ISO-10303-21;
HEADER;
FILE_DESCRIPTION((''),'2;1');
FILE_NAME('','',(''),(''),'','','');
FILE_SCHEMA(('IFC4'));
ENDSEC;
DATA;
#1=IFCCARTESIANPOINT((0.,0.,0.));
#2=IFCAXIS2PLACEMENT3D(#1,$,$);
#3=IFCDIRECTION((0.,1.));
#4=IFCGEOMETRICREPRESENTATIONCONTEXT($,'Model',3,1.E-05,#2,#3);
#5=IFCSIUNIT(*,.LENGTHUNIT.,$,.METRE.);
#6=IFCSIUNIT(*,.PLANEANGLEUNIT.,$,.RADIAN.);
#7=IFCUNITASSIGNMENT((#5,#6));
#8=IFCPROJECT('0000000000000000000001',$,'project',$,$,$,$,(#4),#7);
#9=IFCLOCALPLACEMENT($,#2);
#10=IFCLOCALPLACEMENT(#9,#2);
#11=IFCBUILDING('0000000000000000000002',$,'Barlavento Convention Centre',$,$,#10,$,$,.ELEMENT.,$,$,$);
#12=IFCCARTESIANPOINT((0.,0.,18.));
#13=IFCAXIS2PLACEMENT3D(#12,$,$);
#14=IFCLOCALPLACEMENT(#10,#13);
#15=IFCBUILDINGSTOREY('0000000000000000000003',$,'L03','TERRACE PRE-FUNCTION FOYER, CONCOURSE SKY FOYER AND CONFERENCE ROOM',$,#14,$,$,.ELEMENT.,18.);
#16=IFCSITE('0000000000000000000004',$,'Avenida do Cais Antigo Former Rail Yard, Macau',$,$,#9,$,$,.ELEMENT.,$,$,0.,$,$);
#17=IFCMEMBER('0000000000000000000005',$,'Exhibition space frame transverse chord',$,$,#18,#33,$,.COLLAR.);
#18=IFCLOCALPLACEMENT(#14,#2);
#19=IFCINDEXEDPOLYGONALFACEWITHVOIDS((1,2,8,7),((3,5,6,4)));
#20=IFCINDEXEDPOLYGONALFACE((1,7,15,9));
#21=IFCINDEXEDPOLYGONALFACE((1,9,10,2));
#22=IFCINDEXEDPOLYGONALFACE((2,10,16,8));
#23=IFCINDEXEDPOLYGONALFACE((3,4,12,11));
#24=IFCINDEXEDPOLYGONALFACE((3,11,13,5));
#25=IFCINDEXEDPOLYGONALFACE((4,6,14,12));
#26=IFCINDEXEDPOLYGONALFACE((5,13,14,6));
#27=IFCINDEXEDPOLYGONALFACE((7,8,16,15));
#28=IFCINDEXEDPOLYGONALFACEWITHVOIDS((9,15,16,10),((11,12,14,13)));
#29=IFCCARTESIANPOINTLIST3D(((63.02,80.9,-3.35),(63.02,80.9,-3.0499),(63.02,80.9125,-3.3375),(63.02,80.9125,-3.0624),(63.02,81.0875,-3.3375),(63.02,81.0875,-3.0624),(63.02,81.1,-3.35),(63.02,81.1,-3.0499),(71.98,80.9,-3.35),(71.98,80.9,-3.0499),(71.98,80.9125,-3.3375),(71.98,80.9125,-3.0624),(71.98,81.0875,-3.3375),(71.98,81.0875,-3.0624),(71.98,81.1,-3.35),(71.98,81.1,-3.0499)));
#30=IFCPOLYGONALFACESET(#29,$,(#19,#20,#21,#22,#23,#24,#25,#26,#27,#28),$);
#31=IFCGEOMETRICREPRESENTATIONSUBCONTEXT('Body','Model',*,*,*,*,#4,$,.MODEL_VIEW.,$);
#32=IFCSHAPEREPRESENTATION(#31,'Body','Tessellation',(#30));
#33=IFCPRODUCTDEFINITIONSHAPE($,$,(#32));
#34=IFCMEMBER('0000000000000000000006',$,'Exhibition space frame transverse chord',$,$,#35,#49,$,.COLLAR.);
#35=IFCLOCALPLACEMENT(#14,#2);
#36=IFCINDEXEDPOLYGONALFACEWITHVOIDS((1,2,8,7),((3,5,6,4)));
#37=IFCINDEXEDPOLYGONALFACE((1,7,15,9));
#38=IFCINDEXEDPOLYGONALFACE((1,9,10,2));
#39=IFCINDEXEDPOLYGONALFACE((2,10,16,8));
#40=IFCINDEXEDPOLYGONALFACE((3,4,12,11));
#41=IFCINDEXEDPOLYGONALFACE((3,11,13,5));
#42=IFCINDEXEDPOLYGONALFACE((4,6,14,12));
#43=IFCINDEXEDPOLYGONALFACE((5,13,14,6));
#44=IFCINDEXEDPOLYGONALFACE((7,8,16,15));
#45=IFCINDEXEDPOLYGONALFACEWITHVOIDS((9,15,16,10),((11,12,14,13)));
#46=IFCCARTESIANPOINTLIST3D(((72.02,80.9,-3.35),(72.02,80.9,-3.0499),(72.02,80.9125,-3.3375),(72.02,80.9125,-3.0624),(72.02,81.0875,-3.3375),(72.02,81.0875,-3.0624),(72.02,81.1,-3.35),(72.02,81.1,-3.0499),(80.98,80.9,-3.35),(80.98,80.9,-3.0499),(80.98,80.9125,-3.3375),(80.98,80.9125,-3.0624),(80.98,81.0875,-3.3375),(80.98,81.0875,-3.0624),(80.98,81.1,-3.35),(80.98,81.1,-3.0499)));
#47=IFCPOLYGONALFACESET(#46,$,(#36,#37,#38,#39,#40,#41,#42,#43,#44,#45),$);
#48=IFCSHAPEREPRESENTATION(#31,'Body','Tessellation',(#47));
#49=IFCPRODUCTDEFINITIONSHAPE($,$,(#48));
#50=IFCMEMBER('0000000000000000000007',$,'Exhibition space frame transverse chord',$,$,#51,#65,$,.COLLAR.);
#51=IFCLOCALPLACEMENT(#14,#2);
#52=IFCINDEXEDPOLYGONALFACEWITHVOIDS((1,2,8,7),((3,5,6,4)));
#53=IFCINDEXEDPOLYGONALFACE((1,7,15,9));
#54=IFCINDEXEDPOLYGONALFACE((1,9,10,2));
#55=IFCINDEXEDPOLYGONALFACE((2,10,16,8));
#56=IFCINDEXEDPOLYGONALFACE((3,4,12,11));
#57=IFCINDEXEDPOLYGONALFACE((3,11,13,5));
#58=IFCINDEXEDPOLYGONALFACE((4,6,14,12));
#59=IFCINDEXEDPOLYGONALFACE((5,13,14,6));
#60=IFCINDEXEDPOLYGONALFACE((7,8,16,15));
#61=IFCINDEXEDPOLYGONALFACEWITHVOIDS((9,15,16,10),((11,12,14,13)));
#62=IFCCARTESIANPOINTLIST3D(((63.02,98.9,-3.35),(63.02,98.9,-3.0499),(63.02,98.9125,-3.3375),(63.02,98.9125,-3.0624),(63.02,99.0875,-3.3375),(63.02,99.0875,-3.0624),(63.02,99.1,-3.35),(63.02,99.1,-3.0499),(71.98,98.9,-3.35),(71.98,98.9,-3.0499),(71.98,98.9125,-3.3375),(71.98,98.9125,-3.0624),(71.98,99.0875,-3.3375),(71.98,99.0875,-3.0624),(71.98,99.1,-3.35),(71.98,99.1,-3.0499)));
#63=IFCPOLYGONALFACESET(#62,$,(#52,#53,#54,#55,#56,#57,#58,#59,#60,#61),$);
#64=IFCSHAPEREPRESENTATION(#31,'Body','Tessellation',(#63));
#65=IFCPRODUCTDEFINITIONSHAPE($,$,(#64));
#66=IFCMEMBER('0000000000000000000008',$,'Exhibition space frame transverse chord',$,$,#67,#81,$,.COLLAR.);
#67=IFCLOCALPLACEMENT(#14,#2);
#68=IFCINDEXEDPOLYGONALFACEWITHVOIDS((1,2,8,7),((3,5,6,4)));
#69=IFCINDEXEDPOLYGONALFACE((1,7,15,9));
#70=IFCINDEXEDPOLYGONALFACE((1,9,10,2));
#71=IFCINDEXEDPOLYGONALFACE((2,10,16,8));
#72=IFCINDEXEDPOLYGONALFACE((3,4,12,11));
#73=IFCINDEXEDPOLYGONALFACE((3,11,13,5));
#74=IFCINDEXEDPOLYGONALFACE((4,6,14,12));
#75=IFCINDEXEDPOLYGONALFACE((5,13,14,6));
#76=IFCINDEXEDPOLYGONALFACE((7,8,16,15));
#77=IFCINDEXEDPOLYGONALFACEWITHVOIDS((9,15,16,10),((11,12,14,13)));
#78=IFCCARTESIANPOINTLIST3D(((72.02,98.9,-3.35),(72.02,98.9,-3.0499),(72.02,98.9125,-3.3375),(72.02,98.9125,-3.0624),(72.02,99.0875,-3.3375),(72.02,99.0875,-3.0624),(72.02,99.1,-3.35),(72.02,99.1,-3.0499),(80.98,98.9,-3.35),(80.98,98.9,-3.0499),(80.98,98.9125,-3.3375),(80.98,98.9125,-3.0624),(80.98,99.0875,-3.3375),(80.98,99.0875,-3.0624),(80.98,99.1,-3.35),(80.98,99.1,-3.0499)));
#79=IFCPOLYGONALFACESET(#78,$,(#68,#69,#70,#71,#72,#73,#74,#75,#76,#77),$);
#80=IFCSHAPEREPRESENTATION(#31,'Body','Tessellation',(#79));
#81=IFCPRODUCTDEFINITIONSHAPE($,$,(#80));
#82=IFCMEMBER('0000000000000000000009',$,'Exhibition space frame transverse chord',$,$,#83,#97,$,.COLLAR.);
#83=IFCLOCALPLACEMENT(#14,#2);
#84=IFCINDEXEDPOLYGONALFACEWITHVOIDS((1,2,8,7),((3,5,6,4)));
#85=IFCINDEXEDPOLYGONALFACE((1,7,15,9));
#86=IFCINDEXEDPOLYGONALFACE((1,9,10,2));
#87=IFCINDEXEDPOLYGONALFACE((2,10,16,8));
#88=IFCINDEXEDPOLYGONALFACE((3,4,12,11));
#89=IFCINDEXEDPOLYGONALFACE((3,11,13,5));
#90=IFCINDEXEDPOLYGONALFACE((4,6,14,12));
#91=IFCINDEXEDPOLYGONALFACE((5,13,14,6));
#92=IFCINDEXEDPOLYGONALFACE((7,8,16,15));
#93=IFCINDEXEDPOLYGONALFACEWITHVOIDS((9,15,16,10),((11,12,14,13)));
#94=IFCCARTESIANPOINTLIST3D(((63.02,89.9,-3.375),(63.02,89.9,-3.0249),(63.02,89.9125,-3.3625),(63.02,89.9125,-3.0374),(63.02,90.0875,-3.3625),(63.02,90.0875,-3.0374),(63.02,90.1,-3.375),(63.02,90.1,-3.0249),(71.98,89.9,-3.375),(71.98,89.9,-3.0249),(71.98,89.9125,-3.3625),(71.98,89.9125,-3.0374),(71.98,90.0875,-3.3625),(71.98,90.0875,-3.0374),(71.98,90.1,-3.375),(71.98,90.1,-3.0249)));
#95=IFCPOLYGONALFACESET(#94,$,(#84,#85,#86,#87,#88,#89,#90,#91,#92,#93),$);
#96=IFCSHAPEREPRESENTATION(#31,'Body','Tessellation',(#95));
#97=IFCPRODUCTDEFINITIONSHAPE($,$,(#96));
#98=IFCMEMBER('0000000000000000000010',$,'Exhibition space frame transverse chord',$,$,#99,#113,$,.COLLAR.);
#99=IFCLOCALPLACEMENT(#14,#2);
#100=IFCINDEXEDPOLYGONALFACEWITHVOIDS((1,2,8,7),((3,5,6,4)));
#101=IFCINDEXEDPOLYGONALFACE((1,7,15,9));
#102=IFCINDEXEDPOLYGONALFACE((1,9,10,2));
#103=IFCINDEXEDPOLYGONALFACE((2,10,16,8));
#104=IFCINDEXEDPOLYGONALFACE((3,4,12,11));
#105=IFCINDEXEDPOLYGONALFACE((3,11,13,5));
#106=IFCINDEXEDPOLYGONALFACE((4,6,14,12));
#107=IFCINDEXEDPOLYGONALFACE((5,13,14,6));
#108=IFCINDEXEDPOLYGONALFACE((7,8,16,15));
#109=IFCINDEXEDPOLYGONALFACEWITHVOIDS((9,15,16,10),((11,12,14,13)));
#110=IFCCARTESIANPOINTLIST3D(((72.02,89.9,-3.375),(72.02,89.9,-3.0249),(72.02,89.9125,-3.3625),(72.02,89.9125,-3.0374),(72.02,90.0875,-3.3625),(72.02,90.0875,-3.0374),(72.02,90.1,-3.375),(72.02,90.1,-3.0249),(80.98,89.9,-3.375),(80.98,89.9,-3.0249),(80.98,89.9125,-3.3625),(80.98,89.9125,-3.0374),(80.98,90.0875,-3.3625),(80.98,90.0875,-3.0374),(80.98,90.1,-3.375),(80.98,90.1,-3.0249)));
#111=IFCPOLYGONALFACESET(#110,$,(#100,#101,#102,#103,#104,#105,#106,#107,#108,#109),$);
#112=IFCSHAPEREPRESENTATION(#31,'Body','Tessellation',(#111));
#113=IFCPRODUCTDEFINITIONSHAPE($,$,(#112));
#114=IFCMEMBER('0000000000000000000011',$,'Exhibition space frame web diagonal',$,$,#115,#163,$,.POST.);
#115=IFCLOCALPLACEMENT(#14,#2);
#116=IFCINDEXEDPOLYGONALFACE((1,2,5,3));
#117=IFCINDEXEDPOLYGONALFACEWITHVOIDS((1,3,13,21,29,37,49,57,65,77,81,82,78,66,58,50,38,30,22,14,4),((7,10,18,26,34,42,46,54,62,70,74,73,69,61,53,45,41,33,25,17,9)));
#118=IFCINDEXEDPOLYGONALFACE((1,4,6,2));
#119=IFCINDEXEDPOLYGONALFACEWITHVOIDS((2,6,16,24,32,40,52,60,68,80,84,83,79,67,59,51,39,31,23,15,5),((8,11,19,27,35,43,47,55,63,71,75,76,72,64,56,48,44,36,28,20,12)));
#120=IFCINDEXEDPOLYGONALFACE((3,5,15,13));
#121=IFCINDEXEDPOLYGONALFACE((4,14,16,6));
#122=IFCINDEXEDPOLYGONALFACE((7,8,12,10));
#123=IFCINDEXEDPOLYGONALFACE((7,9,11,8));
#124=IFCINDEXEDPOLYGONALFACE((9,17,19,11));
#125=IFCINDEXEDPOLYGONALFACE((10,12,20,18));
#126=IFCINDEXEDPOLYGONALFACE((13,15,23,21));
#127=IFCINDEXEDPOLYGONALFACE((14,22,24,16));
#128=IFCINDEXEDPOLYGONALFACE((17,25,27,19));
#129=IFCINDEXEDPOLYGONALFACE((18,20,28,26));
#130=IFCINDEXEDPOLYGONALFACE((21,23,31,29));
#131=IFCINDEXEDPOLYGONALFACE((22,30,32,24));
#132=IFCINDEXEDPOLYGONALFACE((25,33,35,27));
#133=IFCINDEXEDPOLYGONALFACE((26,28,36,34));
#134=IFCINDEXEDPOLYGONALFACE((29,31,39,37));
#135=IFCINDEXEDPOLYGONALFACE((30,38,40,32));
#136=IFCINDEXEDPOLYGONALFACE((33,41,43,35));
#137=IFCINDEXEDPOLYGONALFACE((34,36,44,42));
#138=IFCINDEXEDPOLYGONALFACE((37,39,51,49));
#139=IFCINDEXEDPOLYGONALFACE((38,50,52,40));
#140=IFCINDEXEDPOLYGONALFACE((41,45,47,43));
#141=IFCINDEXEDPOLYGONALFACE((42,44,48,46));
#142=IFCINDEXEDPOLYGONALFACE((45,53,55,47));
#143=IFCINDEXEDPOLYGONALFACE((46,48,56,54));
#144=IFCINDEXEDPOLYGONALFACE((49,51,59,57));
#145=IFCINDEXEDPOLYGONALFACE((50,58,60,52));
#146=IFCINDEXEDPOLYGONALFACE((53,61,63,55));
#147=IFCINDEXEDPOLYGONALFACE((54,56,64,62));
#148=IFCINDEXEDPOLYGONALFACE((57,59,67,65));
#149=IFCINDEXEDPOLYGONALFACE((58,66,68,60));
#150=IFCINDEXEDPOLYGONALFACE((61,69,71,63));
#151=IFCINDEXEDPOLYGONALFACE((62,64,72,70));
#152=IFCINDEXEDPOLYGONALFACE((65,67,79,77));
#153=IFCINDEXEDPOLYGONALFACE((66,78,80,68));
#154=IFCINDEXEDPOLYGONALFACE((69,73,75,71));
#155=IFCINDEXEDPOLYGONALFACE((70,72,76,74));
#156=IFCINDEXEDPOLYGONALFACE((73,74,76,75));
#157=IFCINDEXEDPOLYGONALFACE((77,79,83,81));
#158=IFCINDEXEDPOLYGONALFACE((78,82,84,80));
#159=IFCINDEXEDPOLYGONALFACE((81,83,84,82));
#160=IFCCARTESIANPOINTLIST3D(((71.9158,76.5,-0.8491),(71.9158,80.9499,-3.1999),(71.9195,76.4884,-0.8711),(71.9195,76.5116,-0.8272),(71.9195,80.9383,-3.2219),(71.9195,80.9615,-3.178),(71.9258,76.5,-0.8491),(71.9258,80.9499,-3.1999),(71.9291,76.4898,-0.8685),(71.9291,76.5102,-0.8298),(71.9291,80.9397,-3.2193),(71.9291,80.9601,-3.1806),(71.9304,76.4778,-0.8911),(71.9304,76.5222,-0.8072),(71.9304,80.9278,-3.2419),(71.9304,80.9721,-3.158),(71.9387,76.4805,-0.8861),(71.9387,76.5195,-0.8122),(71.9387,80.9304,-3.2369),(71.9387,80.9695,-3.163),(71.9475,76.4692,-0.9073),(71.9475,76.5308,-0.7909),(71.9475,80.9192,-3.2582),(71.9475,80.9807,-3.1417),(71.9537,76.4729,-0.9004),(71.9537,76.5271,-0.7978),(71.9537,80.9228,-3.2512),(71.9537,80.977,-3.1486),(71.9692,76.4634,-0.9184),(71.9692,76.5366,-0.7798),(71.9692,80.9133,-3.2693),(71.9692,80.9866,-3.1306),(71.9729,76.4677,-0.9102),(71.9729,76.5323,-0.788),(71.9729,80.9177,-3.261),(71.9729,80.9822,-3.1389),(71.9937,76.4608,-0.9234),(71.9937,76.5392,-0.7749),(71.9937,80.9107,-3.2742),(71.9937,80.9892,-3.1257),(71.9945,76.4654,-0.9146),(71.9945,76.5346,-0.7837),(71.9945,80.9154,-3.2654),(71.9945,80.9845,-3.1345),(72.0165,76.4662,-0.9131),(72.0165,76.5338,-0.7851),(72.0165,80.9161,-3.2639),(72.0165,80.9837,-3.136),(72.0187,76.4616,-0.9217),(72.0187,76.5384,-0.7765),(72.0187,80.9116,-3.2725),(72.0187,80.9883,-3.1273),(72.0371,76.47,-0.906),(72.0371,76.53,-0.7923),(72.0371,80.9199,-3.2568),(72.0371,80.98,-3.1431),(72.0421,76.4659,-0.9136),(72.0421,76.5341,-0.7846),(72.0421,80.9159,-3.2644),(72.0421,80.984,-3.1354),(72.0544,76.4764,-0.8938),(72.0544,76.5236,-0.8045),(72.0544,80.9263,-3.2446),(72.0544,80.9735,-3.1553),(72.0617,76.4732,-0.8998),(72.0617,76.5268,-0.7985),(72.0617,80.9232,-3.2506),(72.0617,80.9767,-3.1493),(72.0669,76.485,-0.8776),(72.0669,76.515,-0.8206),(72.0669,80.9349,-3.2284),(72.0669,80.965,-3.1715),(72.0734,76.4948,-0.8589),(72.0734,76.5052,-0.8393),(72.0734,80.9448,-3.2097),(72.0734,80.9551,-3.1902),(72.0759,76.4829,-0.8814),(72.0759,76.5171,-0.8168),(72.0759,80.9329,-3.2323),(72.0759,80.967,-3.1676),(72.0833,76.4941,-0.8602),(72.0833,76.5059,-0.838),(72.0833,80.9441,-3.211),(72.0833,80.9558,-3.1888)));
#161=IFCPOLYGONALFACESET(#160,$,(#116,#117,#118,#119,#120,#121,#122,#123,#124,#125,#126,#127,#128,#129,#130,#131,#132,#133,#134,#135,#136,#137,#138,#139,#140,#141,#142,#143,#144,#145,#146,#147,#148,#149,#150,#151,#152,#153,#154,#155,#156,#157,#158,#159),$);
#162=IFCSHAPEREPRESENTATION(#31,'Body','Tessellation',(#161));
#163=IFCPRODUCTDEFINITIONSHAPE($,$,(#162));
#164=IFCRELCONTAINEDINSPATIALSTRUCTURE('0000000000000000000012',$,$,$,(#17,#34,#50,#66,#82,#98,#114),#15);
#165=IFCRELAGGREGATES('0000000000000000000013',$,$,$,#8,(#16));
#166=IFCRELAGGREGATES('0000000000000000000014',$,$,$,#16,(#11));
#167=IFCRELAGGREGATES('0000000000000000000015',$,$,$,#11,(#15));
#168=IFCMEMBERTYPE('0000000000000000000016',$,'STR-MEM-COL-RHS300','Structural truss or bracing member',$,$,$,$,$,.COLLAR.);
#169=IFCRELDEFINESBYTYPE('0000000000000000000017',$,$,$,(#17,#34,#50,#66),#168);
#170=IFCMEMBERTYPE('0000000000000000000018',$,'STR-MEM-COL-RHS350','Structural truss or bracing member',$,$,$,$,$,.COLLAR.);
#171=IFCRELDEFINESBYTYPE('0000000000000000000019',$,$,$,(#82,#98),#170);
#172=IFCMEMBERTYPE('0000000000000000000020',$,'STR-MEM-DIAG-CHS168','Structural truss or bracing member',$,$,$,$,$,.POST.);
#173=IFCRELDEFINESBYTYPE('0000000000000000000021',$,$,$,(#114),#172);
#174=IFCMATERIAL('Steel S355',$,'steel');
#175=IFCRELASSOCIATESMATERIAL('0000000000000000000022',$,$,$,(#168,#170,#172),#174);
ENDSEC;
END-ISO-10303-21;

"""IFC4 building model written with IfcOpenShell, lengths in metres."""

from ifc_helpers import new_model, si_unit, direction, frame, origin, origin_2d, place, context, subcontext, project, spatial, hollow_rectangle, hollow_circle, extrude, material, material_profile, profile_set, type_object, element, save


model = new_model("IFC4")

# Units and contexts
model_context = context("Model", 3, precision=1e-05, world=origin(), true_north=direction((0.0, 1.0)))
body_context = subcontext(model_context, "Body", "Model", "MODEL_VIEW")
ifc_project = project(units=[si_unit("LENGTHUNIT", "METRE"), si_unit("PLANEANGLEUNIT", "RADIAN")], contexts=[model_context])

# Site, building, storey
site_placement = place(None, origin())
site = spatial("IfcSite", under=ifc_project, at=site_placement, Name="Avenida do Cais Antigo Former Rail Yard, Macau", CompositionType="ELEMENT", RefElevation=0.0)
building_placement = place(site_placement, origin())
building = spatial("IfcBuilding", under=site, at=building_placement, Name="Barlavento Convention Centre", CompositionType="ELEMENT")
storey_placement = place(building_placement, frame((0.0, 0.0, 18.0)))
storey = spatial("IfcBuildingStorey", under=building, at=storey_placement, Name="L03", Description="TERRACE PRE-FUNCTION FOYER, CONCOURSE SKY FOYER AND CONFERENCE ROOM", CompositionType="ELEMENT", Elevation=18.0)

# Members
ifc_material_1 = material(Name="Steel S355", Category="steel")
ifc_material_profile_1 = material_profile(ifc_material_1, hollow_rectangle(XDim=0.2, YDim=0.3, WallThickness=0.0125, at=origin_2d()), Name="RHS 300x200x12.5")
ifc_profile_set_1 = profile_set([ifc_material_profile_1], Name="Steel S355")
member_type_1 = type_object("IfcMemberType", Name="STR-MEM-COL-RHS300", Description="Structural truss or bracing member", PredefinedType="COLLAR", material=ifc_profile_set_1)
for number, where, z_axis, x_axis, name in (
    (1, (63.02, 81.0, -3.2), (1.0, 0.0, 0.0), (0.0, 1.0, 0.0), "Exhibition space frame transverse chord"),
    (2, (72.02, 81.0, -3.2), (1.0, 0.0, 0.0), (0.0, 1.0, 0.0), "Exhibition space frame transverse chord"),
    (3, (63.02, 99.0, -3.2), (1.0, 0.0, 0.0), (0.0, 1.0, 0.0), "Exhibition space frame transverse chord"),
    (4, (72.02, 99.0, -3.2), (1.0, 0.0, 0.0), (0.0, 1.0, 0.0), "Exhibition space frame transverse chord"),
):
    element("IfcMember", number, at=place(storey_placement, frame(where, z_axis=z_axis, x_axis=x_axis)), inside=storey, type_object=member_type_1, Name=name, PredefinedType="COLLAR", context=body_context, shape_type="SweptSolid", body=[
        extrude(hollow_rectangle(XDim=0.2, YDim=0.3, WallThickness=0.0125, at=origin_2d()), origin(), (0.0, 0.0, 1.0), 8.96),
    ])
ifc_material_profile_2 = material_profile(ifc_material_1, hollow_rectangle(XDim=0.2, YDim=0.3501, WallThickness=0.0125, at=origin_2d()), Name="RHS 350x200x12.5")
ifc_profile_set_2 = profile_set([ifc_material_profile_2], Name="Steel S355")
member_type_2 = type_object("IfcMemberType", Name="STR-MEM-COL-RHS350", Description="Structural truss or bracing member", PredefinedType="COLLAR", material=ifc_profile_set_2)
for number, where, z_axis, x_axis, name in (
    (5, (63.02, 90.0, -3.2), (1.0, 0.0, 0.0), (0.0, 1.0, 0.0), "Exhibition space frame transverse chord"),
    (6, (72.02, 90.0, -3.2), (1.0, 0.0, 0.0), (0.0, 1.0, 0.0), "Exhibition space frame transverse chord"),
):
    element("IfcMember", number, at=place(storey_placement, frame(where, z_axis=z_axis, x_axis=x_axis)), inside=storey, type_object=member_type_2, Name=name, PredefinedType="COLLAR", context=body_context, shape_type="SweptSolid", body=[
        extrude(hollow_rectangle(XDim=0.2, YDim=0.3501, WallThickness=0.0125, at=origin_2d()), origin(), (0.0, 0.0, 1.0), 8.96),
    ])
ifc_material_profile_3 = material_profile(ifc_material_1, hollow_circle(Radius=0.0842, WallThickness=0.01, at=origin_2d()), Name="CHS 168.3x10.0")
ifc_profile_set_3 = profile_set([ifc_material_profile_3], Name="Steel S355")
member_type_3 = type_object("IfcMemberType", Name="STR-MEM-DIAG-CHS168", Description="Structural truss or bracing member", PredefinedType="POST", material=ifc_profile_set_3)
for number, where, z_axis, x_axis, name in (
    (7, (72.0, 76.5, -0.8491), (0.0, 0.884201, -0.467107), (-1.0, 0.0, 0.0), "Exhibition space frame web diagonal"),
):
    element("IfcMember", number, at=place(storey_placement, frame(where, z_axis=z_axis, x_axis=x_axis)), inside=storey, type_object=member_type_3, Name=name, PredefinedType="POST", context=body_context, shape_type="SweptSolid", body=[
        extrude(hollow_circle(Radius=0.0842, WallThickness=0.01, at=origin_2d()), origin(), (0.0, 0.0, 1.0), 5.0327),
    ])

save(model, "model.ifc")
